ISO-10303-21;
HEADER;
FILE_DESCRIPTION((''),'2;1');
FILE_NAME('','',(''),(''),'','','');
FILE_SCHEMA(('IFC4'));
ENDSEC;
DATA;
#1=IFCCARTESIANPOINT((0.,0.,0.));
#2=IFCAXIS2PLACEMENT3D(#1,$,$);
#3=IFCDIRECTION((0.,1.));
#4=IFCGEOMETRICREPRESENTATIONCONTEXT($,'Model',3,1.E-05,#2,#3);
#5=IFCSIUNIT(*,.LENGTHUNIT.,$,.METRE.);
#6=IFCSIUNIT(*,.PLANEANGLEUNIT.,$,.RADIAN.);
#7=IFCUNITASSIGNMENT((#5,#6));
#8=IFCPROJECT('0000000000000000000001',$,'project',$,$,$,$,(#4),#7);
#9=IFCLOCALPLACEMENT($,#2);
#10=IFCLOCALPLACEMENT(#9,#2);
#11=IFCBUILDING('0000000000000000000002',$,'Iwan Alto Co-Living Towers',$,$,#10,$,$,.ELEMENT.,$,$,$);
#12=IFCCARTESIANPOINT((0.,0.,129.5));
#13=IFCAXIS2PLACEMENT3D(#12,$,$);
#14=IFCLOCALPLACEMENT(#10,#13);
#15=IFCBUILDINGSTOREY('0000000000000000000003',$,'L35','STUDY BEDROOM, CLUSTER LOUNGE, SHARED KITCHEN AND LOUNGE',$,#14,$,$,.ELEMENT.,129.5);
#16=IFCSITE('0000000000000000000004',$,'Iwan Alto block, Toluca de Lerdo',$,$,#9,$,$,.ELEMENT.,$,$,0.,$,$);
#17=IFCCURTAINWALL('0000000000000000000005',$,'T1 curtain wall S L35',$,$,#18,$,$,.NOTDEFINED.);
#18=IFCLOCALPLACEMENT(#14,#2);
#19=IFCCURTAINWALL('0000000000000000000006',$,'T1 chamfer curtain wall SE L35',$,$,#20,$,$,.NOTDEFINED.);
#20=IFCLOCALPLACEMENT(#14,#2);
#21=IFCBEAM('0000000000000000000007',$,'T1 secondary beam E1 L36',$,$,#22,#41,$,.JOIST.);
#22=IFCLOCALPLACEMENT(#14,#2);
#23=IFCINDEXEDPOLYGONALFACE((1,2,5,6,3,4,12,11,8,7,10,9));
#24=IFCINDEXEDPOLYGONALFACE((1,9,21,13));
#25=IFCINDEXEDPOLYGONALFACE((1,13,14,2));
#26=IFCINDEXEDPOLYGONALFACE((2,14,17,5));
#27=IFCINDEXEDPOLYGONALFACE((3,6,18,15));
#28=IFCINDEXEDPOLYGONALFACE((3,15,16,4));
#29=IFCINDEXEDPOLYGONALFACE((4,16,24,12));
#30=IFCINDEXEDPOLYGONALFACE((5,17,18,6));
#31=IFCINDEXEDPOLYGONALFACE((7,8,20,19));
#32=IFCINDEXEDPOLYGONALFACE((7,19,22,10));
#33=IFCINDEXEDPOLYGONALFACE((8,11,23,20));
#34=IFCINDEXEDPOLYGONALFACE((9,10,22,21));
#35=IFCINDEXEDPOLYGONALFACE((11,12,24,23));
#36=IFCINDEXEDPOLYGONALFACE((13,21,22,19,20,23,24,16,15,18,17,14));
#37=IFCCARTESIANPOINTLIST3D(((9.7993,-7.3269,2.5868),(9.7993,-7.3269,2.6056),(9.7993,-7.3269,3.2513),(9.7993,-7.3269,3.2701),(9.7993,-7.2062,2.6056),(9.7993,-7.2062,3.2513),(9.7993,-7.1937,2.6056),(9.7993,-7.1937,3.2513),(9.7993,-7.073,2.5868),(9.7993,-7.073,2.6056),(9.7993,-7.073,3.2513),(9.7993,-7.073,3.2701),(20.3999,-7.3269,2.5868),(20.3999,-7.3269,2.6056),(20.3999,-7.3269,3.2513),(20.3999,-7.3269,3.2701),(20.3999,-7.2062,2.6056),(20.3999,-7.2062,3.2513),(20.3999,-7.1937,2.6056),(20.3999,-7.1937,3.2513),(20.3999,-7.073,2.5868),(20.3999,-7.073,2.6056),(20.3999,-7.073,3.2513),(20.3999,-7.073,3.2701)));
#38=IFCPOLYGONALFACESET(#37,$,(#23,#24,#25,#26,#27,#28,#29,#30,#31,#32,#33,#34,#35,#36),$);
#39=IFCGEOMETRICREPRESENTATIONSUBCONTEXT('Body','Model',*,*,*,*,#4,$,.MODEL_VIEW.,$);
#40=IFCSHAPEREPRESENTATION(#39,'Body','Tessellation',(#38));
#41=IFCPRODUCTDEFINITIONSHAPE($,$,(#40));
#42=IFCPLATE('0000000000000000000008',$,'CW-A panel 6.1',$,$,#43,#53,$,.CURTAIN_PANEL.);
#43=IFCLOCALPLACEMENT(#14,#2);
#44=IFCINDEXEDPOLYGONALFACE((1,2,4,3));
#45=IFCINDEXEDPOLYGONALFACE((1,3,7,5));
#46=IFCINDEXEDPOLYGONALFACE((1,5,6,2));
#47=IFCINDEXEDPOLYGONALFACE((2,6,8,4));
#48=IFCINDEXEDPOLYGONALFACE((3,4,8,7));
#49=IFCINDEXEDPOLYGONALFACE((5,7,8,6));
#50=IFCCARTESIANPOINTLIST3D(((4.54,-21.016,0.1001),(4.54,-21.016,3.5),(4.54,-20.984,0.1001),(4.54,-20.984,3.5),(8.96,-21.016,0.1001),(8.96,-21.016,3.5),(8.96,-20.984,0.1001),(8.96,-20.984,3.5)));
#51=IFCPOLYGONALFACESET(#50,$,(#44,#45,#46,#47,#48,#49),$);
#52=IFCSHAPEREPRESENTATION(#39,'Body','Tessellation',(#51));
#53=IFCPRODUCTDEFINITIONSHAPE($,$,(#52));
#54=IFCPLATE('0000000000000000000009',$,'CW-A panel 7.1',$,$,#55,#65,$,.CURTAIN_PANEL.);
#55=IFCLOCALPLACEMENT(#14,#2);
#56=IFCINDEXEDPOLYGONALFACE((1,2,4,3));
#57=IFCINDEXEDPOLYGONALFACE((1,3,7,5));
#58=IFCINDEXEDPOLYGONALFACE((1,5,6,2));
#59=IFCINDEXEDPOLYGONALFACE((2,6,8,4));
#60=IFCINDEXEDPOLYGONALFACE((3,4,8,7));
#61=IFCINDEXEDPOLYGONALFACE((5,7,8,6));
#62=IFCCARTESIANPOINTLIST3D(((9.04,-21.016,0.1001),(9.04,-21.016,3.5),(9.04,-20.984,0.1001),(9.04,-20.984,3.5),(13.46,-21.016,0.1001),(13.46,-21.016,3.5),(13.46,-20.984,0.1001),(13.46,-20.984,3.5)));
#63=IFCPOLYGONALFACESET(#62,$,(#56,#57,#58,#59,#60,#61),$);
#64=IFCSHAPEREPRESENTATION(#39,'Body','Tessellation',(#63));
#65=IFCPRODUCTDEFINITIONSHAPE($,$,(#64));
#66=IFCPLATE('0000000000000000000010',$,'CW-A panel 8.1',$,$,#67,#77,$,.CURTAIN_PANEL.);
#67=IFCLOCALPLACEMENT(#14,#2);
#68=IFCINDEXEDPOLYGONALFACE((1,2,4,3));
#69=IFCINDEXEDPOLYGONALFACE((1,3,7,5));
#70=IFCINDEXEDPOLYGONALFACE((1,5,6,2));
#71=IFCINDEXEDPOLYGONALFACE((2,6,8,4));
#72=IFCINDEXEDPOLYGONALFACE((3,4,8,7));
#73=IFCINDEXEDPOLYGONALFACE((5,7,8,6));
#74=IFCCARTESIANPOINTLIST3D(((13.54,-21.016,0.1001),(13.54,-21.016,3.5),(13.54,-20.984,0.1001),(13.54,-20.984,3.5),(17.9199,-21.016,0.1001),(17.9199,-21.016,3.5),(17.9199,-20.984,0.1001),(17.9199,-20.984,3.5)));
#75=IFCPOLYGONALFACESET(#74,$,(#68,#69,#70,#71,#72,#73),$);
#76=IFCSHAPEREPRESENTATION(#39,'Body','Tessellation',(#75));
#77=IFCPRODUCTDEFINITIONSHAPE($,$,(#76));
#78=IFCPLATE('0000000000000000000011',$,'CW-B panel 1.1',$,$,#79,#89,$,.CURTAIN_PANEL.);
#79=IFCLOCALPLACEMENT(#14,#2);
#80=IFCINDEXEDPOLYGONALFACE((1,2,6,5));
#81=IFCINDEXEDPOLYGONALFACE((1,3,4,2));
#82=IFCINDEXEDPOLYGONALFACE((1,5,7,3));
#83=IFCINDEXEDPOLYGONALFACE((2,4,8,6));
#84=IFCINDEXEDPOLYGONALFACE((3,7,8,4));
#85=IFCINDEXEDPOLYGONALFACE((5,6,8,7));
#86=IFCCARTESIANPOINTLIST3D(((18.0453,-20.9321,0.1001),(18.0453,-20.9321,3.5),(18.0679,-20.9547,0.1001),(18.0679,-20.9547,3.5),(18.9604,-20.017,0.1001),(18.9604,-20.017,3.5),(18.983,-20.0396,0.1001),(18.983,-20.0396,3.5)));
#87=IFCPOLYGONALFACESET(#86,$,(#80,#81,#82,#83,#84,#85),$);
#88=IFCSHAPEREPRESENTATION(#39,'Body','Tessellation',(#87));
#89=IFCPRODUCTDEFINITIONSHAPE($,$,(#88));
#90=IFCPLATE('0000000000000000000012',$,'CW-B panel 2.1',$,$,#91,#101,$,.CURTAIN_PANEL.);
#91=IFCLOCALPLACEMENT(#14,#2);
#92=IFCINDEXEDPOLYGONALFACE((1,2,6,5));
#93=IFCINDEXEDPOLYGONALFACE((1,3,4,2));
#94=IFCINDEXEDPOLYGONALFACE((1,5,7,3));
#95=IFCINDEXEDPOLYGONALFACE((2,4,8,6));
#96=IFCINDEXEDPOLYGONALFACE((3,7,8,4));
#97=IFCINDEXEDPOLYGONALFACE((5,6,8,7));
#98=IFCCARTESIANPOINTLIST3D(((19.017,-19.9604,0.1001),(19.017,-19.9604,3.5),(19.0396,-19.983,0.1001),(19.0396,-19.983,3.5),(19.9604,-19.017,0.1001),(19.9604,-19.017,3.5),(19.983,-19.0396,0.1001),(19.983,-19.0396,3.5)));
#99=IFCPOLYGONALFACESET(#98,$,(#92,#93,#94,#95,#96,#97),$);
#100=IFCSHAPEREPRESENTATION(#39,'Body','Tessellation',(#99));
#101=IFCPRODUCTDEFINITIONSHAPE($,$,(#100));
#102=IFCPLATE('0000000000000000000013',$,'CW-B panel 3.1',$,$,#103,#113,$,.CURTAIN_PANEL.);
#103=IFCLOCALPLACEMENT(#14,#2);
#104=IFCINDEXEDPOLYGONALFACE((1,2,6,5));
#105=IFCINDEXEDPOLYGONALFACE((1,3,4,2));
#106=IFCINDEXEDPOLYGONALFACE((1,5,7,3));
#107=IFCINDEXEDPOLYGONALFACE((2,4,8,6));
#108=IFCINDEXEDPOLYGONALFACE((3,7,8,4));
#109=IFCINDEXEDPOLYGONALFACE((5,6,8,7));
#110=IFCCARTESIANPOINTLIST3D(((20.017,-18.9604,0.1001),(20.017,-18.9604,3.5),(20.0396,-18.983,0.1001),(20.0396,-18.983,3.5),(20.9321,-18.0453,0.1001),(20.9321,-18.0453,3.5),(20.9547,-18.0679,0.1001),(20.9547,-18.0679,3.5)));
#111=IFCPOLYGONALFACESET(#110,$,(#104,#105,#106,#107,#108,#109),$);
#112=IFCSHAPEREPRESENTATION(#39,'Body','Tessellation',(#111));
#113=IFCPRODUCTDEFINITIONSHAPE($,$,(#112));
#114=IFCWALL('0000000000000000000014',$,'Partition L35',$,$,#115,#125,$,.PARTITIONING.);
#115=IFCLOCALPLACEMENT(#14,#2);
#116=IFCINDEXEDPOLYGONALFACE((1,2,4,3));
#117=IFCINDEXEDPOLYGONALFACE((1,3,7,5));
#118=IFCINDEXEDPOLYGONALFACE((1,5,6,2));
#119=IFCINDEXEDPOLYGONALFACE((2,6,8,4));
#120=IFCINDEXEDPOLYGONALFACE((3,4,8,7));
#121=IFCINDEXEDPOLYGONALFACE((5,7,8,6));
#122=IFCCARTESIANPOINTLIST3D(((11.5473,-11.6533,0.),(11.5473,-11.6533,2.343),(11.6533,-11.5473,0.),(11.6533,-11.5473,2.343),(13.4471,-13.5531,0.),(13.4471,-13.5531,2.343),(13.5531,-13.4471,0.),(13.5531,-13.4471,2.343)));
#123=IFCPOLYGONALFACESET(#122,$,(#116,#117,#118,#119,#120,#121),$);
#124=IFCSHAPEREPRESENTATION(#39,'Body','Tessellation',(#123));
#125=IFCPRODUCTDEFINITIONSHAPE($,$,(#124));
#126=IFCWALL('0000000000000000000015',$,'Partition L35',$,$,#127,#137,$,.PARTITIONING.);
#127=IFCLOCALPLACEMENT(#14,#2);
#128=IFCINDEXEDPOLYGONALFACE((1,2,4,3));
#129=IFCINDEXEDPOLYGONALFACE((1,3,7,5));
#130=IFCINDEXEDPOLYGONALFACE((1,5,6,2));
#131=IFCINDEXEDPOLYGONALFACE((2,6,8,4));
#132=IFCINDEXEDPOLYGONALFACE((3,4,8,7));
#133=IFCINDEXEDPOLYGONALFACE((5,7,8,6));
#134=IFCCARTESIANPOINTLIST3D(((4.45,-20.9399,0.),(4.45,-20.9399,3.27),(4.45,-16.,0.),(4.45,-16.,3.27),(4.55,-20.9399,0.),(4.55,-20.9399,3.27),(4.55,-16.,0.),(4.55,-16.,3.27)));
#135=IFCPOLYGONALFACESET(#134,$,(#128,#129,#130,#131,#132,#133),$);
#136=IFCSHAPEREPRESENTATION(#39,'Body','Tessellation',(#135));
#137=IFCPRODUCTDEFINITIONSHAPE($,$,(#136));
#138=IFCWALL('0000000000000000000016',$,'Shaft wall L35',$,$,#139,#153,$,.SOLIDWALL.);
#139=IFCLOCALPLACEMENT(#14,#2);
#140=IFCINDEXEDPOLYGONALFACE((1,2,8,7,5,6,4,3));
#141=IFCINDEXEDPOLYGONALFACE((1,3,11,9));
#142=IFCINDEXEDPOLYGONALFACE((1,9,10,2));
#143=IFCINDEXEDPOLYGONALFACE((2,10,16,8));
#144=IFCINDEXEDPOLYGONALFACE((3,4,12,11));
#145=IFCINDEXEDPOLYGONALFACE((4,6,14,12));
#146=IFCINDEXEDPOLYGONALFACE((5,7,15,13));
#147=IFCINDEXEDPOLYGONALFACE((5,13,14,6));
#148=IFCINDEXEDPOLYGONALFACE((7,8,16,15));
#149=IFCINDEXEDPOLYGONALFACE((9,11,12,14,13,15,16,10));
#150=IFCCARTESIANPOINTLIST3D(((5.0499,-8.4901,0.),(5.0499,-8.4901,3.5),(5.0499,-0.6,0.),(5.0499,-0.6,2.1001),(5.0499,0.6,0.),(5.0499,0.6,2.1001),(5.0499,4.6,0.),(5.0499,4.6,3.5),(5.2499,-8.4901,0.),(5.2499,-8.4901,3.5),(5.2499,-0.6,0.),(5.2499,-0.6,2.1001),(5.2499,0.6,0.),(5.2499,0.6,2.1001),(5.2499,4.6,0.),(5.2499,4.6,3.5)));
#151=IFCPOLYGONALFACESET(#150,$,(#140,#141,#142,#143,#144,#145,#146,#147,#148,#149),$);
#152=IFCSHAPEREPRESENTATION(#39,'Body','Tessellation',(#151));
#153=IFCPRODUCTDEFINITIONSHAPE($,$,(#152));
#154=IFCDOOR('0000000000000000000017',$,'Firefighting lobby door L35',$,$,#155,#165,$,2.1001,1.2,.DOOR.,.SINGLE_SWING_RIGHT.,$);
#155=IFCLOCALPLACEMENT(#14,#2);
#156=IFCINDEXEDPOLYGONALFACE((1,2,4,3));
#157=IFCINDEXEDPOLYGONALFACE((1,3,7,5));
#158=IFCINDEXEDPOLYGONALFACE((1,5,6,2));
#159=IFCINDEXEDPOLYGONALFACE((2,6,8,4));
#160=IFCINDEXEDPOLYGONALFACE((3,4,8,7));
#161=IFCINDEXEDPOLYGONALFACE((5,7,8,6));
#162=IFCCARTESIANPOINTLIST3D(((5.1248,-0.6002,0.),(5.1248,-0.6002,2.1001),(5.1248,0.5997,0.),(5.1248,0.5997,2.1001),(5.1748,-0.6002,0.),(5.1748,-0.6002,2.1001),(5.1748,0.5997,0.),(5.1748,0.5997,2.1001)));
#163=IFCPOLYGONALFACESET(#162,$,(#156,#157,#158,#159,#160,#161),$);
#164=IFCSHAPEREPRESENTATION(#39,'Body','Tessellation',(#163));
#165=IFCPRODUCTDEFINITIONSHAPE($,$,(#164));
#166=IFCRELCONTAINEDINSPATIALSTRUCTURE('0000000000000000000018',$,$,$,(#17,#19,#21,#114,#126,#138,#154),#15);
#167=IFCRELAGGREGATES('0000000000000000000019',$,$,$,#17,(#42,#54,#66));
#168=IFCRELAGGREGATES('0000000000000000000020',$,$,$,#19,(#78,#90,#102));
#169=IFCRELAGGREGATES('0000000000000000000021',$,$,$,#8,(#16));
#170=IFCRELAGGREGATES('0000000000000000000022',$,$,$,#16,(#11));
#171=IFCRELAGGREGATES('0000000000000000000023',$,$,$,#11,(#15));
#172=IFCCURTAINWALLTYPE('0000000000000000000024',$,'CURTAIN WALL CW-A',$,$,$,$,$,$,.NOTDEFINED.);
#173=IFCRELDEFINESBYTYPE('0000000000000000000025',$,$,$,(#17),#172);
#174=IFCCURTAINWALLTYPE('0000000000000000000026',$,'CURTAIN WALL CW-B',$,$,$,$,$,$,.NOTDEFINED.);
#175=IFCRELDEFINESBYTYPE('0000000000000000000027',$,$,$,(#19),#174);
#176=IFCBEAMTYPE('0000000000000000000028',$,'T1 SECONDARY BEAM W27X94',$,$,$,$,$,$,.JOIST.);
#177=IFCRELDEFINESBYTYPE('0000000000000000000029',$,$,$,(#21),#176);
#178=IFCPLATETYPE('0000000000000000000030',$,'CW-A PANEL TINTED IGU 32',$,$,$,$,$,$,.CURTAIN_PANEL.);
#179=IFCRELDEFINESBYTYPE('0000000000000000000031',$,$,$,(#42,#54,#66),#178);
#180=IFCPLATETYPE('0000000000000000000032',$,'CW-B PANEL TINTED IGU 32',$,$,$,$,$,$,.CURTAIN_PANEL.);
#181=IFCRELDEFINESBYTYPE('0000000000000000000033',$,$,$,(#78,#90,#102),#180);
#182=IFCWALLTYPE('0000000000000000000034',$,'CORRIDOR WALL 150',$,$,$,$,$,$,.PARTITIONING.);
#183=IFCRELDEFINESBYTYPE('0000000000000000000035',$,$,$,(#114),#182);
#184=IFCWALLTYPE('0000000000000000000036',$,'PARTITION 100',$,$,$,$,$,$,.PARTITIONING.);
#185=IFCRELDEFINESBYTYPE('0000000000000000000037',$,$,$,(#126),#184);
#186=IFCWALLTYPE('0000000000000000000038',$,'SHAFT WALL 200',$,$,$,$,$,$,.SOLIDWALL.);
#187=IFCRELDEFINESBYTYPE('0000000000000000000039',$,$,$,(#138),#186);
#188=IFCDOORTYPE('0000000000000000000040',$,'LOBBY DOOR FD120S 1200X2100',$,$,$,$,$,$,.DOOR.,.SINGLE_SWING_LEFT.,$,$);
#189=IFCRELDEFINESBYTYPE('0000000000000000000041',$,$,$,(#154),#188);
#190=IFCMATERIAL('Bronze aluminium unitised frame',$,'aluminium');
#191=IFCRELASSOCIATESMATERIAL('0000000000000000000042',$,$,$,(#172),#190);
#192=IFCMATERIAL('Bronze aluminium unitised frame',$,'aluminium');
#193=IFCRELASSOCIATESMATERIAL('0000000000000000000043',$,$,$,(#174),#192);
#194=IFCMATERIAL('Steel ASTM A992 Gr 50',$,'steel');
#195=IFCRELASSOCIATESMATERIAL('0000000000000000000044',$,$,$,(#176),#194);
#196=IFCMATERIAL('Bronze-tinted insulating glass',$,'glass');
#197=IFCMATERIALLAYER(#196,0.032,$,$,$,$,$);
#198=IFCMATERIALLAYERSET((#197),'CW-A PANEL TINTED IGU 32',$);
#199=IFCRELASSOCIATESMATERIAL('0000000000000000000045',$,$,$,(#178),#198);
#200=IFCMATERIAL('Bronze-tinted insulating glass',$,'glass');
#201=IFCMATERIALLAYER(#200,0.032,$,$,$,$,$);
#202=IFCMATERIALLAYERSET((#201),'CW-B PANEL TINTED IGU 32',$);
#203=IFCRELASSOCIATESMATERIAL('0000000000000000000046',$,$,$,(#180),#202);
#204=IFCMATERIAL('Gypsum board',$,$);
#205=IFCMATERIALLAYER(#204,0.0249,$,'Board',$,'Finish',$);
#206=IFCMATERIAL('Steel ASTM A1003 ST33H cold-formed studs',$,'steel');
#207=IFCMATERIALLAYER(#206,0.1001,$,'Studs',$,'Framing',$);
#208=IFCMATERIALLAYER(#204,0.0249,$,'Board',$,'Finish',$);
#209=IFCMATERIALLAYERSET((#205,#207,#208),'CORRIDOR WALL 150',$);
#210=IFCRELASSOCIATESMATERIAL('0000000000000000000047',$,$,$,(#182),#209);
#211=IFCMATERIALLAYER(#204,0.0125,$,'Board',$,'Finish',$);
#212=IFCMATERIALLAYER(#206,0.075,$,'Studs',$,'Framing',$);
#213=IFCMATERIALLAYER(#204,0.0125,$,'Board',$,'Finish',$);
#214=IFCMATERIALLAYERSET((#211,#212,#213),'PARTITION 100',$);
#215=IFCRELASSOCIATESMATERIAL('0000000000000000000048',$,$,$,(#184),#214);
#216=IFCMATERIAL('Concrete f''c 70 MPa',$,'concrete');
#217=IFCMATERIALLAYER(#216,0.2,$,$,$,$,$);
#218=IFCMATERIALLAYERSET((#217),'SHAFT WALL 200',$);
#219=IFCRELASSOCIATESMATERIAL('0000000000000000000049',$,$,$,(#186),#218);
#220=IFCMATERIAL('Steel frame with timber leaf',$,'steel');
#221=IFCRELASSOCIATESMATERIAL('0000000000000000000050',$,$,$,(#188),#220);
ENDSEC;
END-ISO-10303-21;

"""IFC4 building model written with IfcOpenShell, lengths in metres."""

from ifc_helpers import new_model, si_unit, direction, frame, frame_2d, origin, origin_2d, place, context, subcontext, project, spatial, rectangle, i_section, extrude, material, layer, layer_set, material_profile, profile_set, type_object, element, fill, aggregate, save


model = new_model("IFC4")

# Units and contexts
model_context = context("Model", 3, precision=1e-05, world=origin(), true_north=direction((0.0, 1.0)))
body_context = subcontext(model_context, "Body", "Model", "MODEL_VIEW")
ifc_project = project(units=[si_unit("LENGTHUNIT", "METRE"), si_unit("PLANEANGLEUNIT", "RADIAN")], contexts=[model_context])

# Site, building, storey
site_placement = place(None, origin())
site = spatial("IfcSite", under=ifc_project, at=site_placement, Name="Iwan Alto block, Toluca de Lerdo", CompositionType="ELEMENT", RefElevation=0.0)
building_placement = place(site_placement, origin())
building = spatial("IfcBuilding", under=site, at=building_placement, Name="Iwan Alto Co-Living Towers", CompositionType="ELEMENT")
storey_placement = place(building_placement, frame((0.0, 0.0, 129.5)))
storey = spatial("IfcBuildingStorey", under=building, at=storey_placement, Name="L35", Description="STUDY BEDROOM, CLUSTER LOUNGE, SHARED KITCHEN AND LOUNGE", CompositionType="ELEMENT", Elevation=129.5)

# Curtain walls
ifc_material_1 = material(Name="Bronze aluminium unitised frame", Category="aluminium")
curtain_wall_type_1 = type_object("IfcCurtainWallType", Name="CURTAIN WALL CW-A", PredefinedType="NOTDEFINED", material=ifc_material_1)
curtain_wall_1_placement = place(storey_placement, origin())
curtain_wall_1 = element("IfcCurtainWall", 1, at=curtain_wall_1_placement, inside=storey, type_object=curtain_wall_type_1, Name="T1 curtain wall S L35", PredefinedType="NOTDEFINED")
ifc_material_2 = material(Name="Bronze aluminium unitised frame", Category="aluminium")
curtain_wall_type_2 = type_object("IfcCurtainWallType", Name="CURTAIN WALL CW-B", PredefinedType="NOTDEFINED", material=ifc_material_2)
curtain_wall_2_placement = place(storey_placement, origin())
curtain_wall_2 = element("IfcCurtainWall", 2, at=curtain_wall_2_placement, inside=storey, type_object=curtain_wall_type_2, Name="T1 chamfer curtain wall SE L35", PredefinedType="NOTDEFINED")

# Beam
ifc_material_3 = material(Name="Steel ASTM A992 Gr 50", Category="steel")
ifc_material_profile_1 = material_profile(ifc_material_3, i_section(OverallWidth=0.2539, OverallDepth=0.6833, WebThickness=0.0125, FlangeThickness=0.0188, at=origin_2d()), Name="W27X94")
ifc_profile_set_1 = profile_set([ifc_material_profile_1], Name="Steel ASTM A992 Gr 50")
beam_type_1 = type_object("IfcBeamType", Name="T1 SECONDARY BEAM W27X94", PredefinedType="JOIST", material=ifc_profile_set_1)
for number, where, z_axis, x_axis, name in (
    (3, (20.3999, -7.2, 2.9285), (-1.0, 0.0, 0.0), (0.0, -1.0, 0.0), "T1 secondary beam E1 L36"),
):
    element("IfcBeam", number, at=place(storey_placement, frame(where, z_axis=z_axis, x_axis=x_axis)), inside=storey, type_object=beam_type_1, Name=name, PredefinedType="JOIST", context=body_context, shape_type="SweptSolid", body=[
        extrude(i_section(OverallWidth=0.2539, OverallDepth=0.6833, WebThickness=0.0125, FlangeThickness=0.0188, at=origin_2d()), origin(), (0.0, 0.0, 1.0), 10.6006),
    ])

# Plates
ifc_material_4 = material(Name="Bronze-tinted insulating glass", Category="glass")
ifc_layer_1 = layer(ifc_material_4, 0.032)
ifc_layer_set_1 = layer_set([ifc_layer_1], Name="CW-A PANEL TINTED IGU 32")
plate_type_1 = type_object("IfcPlateType", Name="CW-A PANEL TINTED IGU 32", PredefinedType="CURTAIN_PANEL", material=ifc_layer_set_1)
plate_1_placement = place(storey_placement, frame((6.75, -21.0, 0.1001), z_axis=(0.0, 0.0, 1.0), x_axis=(1.0, 0.0, 0.0)))
plate_1 = element("IfcPlate", 4, at=plate_1_placement, type_object=plate_type_1, Name="CW-A panel 6.1", PredefinedType="CURTAIN_PANEL", context=body_context, shape_type="SweptSolid", body=[
    extrude(rectangle(XDim=4.4199, YDim=0.032, at=origin_2d()), origin(), (0.0, 0.0, 1.0), 3.3999),
])
plate_2_placement = place(storey_placement, frame((11.25, -21.0, 0.1001), z_axis=(0.0, 0.0, 1.0), x_axis=(1.0, 0.0, 0.0)))
plate_2 = element("IfcPlate", 5, at=plate_2_placement, type_object=plate_type_1, Name="CW-A panel 7.1", PredefinedType="CURTAIN_PANEL", context=body_context, shape_type="SweptSolid", body=[
    extrude(rectangle(XDim=4.4199, YDim=0.032, at=origin_2d()), origin(), (0.0, 0.0, 1.0), 3.3999),
])
plate_3_placement = place(storey_placement, frame((15.73, -21.0, 0.1001), z_axis=(0.0, 0.0, 1.0), x_axis=(1.0, 0.0, 0.0)))
plate_3 = element("IfcPlate", 6, at=plate_3_placement, type_object=plate_type_1, Name="CW-A panel 8.1", PredefinedType="CURTAIN_PANEL", context=body_context, shape_type="SweptSolid", body=[
    extrude(rectangle(XDim=4.3799, YDim=0.032, at=origin_2d()), origin(), (0.0, 0.0, 1.0), 3.3999),
])
aggregate(curtain_wall_1, [plate_1, plate_2, plate_3])
ifc_material_5 = material(Name="Bronze-tinted insulating glass", Category="glass")
ifc_layer_2 = layer(ifc_material_5, 0.032)
ifc_layer_set_2 = layer_set([ifc_layer_2], Name="CW-B PANEL TINTED IGU 32")
plate_type_2 = type_object("IfcPlateType", Name="CW-B PANEL TINTED IGU 32", PredefinedType="CURTAIN_PANEL", material=ifc_layer_set_2)
plate_4_placement = place(storey_placement, frame((18.5142, -20.4858, 0.1001), z_axis=(0.0, 0.0, 1.0), x_axis=(0.707107, 0.707107, 0.0)))
plate_4 = element("IfcPlate", 7, at=plate_4_placement, type_object=plate_type_2, Name="CW-B panel 1.1", PredefinedType="CURTAIN_PANEL", context=body_context, shape_type="SweptSolid", body=[
    extrude(rectangle(XDim=1.2942, YDim=0.032, at=origin_2d()), origin(), (0.0, 0.0, 1.0), 3.3999),
])
plate_5_placement = place(storey_placement, frame((19.5, -19.5, 0.1001), z_axis=(0.0, 0.0, 1.0), x_axis=(0.707107, 0.707107, 0.0)))
plate_5 = element("IfcPlate", 8, at=plate_5_placement, type_object=plate_type_2, Name="CW-B panel 2.1", PredefinedType="CURTAIN_PANEL", context=body_context, shape_type="SweptSolid", body=[
    extrude(rectangle(XDim=1.3342, YDim=0.032, at=origin_2d()), origin(), (0.0, 0.0, 1.0), 3.3999),
])
plate_6_placement = place(storey_placement, frame((20.4858, -18.5142, 0.1001), z_axis=(0.0, 0.0, 1.0), x_axis=(0.707107, 0.707107, 0.0)))
plate_6 = element("IfcPlate", 9, at=plate_6_placement, type_object=plate_type_2, Name="CW-B panel 3.1", PredefinedType="CURTAIN_PANEL", context=body_context, shape_type="SweptSolid", body=[
    extrude(rectangle(XDim=1.2942, YDim=0.032, at=origin_2d()), origin(), (0.0, 0.0, 1.0), 3.3999),
])
aggregate(curtain_wall_2, [plate_4, plate_5, plate_6])

# Walls
ifc_material_6 = material(Name="Gypsum board")
ifc_layer_3 = layer(ifc_material_6, 0.0249, Name="Board", Category="Finish")
ifc_material_7 = material(Name="Steel ASTM A1003 ST33H cold-formed studs", Category="steel")
ifc_layer_4 = layer(ifc_material_7, 0.1001, Name="Studs", Category="Framing")
ifc_layer_5 = layer(ifc_material_6, 0.0249, Name="Board", Category="Finish")
ifc_layer_set_3 = layer_set([ifc_layer_3, ifc_layer_4, ifc_layer_5], Name="CORRIDOR WALL 150")
wall_type_1 = type_object("IfcWallType", Name="CORRIDOR WALL 150", PredefinedType="PARTITIONING", material=ifc_layer_set_3)
wall_1_placement = place(storey_placement, frame((13.5, -13.5, 0.0), z_axis=(0.0, 0.0, 1.0), x_axis=(-0.707107, 0.707107, 0.0)))
element("IfcWall", 10, at=wall_1_placement, inside=storey, type_object=wall_type_1, Name="Partition L35", PredefinedType="PARTITIONING", context=body_context, shape_type="SweptSolid", body=[
    extrude(rectangle(XDim=2.6868, YDim=0.1499, at=frame_2d((1.3433, 0.0))), origin(), (0.0, 0.0, 1.0), 2.343),
])
ifc_layer_6 = layer(ifc_material_6, 0.0125, Name="Board", Category="Finish")
ifc_layer_7 = layer(ifc_material_7, 0.075, Name="Studs", Category="Framing")
ifc_layer_8 = layer(ifc_material_6, 0.0125, Name="Board", Category="Finish")
ifc_layer_set_4 = layer_set([ifc_layer_6, ifc_layer_7, ifc_layer_8], Name="PARTITION 100")
wall_type_2 = type_object("IfcWallType", Name="PARTITION 100", PredefinedType="PARTITIONING", material=ifc_layer_set_4)
wall_2_placement = place(storey_placement, frame((4.5, -20.9399, 0.0), z_axis=(0.0, 0.0, 1.0), x_axis=(0.0, 1.0, 0.0)))
element("IfcWall", 11, at=wall_2_placement, inside=storey, type_object=wall_type_2, Name="Partition L35", PredefinedType="PARTITIONING", context=body_context, shape_type="SweptSolid", body=[
    extrude(rectangle(XDim=4.9399, YDim=0.1001, at=frame_2d((2.47, 0.0))), origin(), (0.0, 0.0, 1.0), 3.27),
])

# Wall, opening, door
ifc_material_8 = material(Name="Concrete f'c 70 MPa", Category="concrete")
ifc_layer_9 = layer(ifc_material_8, 0.2)
ifc_layer_set_5 = layer_set([ifc_layer_9], Name="SHAFT WALL 200")
wall_type_3 = type_object("IfcWallType", Name="SHAFT WALL 200", PredefinedType="SOLIDWALL", material=ifc_layer_set_5)
wall_3_placement = place(storey_placement, frame((5.1499, -8.49, 0.0), z_axis=(0.0, 0.0, 1.0), x_axis=(0.0, 1.0, 0.0)))
wall_3 = element("IfcWall", 12, at=wall_3_placement, inside=storey, type_object=wall_type_3, Name="Shaft wall L35", PredefinedType="SOLIDWALL", context=body_context, shape_type="SweptSolid", body=[
    extrude(rectangle(XDim=13.0901, YDim=0.2, at=frame_2d((6.5449, 0.0))), origin(), (0.0, 0.0, 1.0), 3.5),
])
opening_placement = place(wall_3_placement, frame((7.8899, 0.0, 0.0)))
opening = element("IfcOpeningElement", 13, at=opening_placement, cuts=wall_3, PredefinedType="OPENING", context=body_context, shape_type="SweptSolid", body=[
    extrude(rectangle(XDim=1.2, YDim=2.1001, at=frame_2d((0.6001, 1.05))), frame((0.0, 0.1099, 0.0), z_axis=(0.0, -1.0, 0.0), x_axis=(1.0, 0.0, 0.0)), (0.0, 0.0, 1.0), 0.22),
])
ifc_material_9 = material(Name="Steel frame with timber leaf", Category="steel")
door_type = type_object("IfcDoorType", Name="LOBBY DOOR FD120S 1200X2100", OperationType="SINGLE_SWING_LEFT", PredefinedType="DOOR", material=ifc_material_9)
door_placement = place(opening_placement, frame((1.2, 0.0, 0.0), z_axis=(0.0, 0.0, 1.0), x_axis=(-1.0, 0.0, 0.0)))
door = element("IfcDoor", 14, at=door_placement, inside=storey, type_object=door_type, Name="Firefighting lobby door L35", OperationType="SINGLE_SWING_RIGHT", OverallHeight=2.1001, OverallWidth=1.2, PredefinedType="DOOR", context=body_context, shape_type="SweptSolid", body=[
    extrude(rectangle(XDim=1.2, YDim=2.1001, at=frame_2d((0.6001, 1.05))), frame((0.0, 0.0249, 0.0), z_axis=(0.0, -1.0, 0.0), x_axis=(1.0, 0.0, 0.0)), (0.0, 0.0, 1.0), 0.05),
])
fill(opening, door)

save(model, "model.ifc")
